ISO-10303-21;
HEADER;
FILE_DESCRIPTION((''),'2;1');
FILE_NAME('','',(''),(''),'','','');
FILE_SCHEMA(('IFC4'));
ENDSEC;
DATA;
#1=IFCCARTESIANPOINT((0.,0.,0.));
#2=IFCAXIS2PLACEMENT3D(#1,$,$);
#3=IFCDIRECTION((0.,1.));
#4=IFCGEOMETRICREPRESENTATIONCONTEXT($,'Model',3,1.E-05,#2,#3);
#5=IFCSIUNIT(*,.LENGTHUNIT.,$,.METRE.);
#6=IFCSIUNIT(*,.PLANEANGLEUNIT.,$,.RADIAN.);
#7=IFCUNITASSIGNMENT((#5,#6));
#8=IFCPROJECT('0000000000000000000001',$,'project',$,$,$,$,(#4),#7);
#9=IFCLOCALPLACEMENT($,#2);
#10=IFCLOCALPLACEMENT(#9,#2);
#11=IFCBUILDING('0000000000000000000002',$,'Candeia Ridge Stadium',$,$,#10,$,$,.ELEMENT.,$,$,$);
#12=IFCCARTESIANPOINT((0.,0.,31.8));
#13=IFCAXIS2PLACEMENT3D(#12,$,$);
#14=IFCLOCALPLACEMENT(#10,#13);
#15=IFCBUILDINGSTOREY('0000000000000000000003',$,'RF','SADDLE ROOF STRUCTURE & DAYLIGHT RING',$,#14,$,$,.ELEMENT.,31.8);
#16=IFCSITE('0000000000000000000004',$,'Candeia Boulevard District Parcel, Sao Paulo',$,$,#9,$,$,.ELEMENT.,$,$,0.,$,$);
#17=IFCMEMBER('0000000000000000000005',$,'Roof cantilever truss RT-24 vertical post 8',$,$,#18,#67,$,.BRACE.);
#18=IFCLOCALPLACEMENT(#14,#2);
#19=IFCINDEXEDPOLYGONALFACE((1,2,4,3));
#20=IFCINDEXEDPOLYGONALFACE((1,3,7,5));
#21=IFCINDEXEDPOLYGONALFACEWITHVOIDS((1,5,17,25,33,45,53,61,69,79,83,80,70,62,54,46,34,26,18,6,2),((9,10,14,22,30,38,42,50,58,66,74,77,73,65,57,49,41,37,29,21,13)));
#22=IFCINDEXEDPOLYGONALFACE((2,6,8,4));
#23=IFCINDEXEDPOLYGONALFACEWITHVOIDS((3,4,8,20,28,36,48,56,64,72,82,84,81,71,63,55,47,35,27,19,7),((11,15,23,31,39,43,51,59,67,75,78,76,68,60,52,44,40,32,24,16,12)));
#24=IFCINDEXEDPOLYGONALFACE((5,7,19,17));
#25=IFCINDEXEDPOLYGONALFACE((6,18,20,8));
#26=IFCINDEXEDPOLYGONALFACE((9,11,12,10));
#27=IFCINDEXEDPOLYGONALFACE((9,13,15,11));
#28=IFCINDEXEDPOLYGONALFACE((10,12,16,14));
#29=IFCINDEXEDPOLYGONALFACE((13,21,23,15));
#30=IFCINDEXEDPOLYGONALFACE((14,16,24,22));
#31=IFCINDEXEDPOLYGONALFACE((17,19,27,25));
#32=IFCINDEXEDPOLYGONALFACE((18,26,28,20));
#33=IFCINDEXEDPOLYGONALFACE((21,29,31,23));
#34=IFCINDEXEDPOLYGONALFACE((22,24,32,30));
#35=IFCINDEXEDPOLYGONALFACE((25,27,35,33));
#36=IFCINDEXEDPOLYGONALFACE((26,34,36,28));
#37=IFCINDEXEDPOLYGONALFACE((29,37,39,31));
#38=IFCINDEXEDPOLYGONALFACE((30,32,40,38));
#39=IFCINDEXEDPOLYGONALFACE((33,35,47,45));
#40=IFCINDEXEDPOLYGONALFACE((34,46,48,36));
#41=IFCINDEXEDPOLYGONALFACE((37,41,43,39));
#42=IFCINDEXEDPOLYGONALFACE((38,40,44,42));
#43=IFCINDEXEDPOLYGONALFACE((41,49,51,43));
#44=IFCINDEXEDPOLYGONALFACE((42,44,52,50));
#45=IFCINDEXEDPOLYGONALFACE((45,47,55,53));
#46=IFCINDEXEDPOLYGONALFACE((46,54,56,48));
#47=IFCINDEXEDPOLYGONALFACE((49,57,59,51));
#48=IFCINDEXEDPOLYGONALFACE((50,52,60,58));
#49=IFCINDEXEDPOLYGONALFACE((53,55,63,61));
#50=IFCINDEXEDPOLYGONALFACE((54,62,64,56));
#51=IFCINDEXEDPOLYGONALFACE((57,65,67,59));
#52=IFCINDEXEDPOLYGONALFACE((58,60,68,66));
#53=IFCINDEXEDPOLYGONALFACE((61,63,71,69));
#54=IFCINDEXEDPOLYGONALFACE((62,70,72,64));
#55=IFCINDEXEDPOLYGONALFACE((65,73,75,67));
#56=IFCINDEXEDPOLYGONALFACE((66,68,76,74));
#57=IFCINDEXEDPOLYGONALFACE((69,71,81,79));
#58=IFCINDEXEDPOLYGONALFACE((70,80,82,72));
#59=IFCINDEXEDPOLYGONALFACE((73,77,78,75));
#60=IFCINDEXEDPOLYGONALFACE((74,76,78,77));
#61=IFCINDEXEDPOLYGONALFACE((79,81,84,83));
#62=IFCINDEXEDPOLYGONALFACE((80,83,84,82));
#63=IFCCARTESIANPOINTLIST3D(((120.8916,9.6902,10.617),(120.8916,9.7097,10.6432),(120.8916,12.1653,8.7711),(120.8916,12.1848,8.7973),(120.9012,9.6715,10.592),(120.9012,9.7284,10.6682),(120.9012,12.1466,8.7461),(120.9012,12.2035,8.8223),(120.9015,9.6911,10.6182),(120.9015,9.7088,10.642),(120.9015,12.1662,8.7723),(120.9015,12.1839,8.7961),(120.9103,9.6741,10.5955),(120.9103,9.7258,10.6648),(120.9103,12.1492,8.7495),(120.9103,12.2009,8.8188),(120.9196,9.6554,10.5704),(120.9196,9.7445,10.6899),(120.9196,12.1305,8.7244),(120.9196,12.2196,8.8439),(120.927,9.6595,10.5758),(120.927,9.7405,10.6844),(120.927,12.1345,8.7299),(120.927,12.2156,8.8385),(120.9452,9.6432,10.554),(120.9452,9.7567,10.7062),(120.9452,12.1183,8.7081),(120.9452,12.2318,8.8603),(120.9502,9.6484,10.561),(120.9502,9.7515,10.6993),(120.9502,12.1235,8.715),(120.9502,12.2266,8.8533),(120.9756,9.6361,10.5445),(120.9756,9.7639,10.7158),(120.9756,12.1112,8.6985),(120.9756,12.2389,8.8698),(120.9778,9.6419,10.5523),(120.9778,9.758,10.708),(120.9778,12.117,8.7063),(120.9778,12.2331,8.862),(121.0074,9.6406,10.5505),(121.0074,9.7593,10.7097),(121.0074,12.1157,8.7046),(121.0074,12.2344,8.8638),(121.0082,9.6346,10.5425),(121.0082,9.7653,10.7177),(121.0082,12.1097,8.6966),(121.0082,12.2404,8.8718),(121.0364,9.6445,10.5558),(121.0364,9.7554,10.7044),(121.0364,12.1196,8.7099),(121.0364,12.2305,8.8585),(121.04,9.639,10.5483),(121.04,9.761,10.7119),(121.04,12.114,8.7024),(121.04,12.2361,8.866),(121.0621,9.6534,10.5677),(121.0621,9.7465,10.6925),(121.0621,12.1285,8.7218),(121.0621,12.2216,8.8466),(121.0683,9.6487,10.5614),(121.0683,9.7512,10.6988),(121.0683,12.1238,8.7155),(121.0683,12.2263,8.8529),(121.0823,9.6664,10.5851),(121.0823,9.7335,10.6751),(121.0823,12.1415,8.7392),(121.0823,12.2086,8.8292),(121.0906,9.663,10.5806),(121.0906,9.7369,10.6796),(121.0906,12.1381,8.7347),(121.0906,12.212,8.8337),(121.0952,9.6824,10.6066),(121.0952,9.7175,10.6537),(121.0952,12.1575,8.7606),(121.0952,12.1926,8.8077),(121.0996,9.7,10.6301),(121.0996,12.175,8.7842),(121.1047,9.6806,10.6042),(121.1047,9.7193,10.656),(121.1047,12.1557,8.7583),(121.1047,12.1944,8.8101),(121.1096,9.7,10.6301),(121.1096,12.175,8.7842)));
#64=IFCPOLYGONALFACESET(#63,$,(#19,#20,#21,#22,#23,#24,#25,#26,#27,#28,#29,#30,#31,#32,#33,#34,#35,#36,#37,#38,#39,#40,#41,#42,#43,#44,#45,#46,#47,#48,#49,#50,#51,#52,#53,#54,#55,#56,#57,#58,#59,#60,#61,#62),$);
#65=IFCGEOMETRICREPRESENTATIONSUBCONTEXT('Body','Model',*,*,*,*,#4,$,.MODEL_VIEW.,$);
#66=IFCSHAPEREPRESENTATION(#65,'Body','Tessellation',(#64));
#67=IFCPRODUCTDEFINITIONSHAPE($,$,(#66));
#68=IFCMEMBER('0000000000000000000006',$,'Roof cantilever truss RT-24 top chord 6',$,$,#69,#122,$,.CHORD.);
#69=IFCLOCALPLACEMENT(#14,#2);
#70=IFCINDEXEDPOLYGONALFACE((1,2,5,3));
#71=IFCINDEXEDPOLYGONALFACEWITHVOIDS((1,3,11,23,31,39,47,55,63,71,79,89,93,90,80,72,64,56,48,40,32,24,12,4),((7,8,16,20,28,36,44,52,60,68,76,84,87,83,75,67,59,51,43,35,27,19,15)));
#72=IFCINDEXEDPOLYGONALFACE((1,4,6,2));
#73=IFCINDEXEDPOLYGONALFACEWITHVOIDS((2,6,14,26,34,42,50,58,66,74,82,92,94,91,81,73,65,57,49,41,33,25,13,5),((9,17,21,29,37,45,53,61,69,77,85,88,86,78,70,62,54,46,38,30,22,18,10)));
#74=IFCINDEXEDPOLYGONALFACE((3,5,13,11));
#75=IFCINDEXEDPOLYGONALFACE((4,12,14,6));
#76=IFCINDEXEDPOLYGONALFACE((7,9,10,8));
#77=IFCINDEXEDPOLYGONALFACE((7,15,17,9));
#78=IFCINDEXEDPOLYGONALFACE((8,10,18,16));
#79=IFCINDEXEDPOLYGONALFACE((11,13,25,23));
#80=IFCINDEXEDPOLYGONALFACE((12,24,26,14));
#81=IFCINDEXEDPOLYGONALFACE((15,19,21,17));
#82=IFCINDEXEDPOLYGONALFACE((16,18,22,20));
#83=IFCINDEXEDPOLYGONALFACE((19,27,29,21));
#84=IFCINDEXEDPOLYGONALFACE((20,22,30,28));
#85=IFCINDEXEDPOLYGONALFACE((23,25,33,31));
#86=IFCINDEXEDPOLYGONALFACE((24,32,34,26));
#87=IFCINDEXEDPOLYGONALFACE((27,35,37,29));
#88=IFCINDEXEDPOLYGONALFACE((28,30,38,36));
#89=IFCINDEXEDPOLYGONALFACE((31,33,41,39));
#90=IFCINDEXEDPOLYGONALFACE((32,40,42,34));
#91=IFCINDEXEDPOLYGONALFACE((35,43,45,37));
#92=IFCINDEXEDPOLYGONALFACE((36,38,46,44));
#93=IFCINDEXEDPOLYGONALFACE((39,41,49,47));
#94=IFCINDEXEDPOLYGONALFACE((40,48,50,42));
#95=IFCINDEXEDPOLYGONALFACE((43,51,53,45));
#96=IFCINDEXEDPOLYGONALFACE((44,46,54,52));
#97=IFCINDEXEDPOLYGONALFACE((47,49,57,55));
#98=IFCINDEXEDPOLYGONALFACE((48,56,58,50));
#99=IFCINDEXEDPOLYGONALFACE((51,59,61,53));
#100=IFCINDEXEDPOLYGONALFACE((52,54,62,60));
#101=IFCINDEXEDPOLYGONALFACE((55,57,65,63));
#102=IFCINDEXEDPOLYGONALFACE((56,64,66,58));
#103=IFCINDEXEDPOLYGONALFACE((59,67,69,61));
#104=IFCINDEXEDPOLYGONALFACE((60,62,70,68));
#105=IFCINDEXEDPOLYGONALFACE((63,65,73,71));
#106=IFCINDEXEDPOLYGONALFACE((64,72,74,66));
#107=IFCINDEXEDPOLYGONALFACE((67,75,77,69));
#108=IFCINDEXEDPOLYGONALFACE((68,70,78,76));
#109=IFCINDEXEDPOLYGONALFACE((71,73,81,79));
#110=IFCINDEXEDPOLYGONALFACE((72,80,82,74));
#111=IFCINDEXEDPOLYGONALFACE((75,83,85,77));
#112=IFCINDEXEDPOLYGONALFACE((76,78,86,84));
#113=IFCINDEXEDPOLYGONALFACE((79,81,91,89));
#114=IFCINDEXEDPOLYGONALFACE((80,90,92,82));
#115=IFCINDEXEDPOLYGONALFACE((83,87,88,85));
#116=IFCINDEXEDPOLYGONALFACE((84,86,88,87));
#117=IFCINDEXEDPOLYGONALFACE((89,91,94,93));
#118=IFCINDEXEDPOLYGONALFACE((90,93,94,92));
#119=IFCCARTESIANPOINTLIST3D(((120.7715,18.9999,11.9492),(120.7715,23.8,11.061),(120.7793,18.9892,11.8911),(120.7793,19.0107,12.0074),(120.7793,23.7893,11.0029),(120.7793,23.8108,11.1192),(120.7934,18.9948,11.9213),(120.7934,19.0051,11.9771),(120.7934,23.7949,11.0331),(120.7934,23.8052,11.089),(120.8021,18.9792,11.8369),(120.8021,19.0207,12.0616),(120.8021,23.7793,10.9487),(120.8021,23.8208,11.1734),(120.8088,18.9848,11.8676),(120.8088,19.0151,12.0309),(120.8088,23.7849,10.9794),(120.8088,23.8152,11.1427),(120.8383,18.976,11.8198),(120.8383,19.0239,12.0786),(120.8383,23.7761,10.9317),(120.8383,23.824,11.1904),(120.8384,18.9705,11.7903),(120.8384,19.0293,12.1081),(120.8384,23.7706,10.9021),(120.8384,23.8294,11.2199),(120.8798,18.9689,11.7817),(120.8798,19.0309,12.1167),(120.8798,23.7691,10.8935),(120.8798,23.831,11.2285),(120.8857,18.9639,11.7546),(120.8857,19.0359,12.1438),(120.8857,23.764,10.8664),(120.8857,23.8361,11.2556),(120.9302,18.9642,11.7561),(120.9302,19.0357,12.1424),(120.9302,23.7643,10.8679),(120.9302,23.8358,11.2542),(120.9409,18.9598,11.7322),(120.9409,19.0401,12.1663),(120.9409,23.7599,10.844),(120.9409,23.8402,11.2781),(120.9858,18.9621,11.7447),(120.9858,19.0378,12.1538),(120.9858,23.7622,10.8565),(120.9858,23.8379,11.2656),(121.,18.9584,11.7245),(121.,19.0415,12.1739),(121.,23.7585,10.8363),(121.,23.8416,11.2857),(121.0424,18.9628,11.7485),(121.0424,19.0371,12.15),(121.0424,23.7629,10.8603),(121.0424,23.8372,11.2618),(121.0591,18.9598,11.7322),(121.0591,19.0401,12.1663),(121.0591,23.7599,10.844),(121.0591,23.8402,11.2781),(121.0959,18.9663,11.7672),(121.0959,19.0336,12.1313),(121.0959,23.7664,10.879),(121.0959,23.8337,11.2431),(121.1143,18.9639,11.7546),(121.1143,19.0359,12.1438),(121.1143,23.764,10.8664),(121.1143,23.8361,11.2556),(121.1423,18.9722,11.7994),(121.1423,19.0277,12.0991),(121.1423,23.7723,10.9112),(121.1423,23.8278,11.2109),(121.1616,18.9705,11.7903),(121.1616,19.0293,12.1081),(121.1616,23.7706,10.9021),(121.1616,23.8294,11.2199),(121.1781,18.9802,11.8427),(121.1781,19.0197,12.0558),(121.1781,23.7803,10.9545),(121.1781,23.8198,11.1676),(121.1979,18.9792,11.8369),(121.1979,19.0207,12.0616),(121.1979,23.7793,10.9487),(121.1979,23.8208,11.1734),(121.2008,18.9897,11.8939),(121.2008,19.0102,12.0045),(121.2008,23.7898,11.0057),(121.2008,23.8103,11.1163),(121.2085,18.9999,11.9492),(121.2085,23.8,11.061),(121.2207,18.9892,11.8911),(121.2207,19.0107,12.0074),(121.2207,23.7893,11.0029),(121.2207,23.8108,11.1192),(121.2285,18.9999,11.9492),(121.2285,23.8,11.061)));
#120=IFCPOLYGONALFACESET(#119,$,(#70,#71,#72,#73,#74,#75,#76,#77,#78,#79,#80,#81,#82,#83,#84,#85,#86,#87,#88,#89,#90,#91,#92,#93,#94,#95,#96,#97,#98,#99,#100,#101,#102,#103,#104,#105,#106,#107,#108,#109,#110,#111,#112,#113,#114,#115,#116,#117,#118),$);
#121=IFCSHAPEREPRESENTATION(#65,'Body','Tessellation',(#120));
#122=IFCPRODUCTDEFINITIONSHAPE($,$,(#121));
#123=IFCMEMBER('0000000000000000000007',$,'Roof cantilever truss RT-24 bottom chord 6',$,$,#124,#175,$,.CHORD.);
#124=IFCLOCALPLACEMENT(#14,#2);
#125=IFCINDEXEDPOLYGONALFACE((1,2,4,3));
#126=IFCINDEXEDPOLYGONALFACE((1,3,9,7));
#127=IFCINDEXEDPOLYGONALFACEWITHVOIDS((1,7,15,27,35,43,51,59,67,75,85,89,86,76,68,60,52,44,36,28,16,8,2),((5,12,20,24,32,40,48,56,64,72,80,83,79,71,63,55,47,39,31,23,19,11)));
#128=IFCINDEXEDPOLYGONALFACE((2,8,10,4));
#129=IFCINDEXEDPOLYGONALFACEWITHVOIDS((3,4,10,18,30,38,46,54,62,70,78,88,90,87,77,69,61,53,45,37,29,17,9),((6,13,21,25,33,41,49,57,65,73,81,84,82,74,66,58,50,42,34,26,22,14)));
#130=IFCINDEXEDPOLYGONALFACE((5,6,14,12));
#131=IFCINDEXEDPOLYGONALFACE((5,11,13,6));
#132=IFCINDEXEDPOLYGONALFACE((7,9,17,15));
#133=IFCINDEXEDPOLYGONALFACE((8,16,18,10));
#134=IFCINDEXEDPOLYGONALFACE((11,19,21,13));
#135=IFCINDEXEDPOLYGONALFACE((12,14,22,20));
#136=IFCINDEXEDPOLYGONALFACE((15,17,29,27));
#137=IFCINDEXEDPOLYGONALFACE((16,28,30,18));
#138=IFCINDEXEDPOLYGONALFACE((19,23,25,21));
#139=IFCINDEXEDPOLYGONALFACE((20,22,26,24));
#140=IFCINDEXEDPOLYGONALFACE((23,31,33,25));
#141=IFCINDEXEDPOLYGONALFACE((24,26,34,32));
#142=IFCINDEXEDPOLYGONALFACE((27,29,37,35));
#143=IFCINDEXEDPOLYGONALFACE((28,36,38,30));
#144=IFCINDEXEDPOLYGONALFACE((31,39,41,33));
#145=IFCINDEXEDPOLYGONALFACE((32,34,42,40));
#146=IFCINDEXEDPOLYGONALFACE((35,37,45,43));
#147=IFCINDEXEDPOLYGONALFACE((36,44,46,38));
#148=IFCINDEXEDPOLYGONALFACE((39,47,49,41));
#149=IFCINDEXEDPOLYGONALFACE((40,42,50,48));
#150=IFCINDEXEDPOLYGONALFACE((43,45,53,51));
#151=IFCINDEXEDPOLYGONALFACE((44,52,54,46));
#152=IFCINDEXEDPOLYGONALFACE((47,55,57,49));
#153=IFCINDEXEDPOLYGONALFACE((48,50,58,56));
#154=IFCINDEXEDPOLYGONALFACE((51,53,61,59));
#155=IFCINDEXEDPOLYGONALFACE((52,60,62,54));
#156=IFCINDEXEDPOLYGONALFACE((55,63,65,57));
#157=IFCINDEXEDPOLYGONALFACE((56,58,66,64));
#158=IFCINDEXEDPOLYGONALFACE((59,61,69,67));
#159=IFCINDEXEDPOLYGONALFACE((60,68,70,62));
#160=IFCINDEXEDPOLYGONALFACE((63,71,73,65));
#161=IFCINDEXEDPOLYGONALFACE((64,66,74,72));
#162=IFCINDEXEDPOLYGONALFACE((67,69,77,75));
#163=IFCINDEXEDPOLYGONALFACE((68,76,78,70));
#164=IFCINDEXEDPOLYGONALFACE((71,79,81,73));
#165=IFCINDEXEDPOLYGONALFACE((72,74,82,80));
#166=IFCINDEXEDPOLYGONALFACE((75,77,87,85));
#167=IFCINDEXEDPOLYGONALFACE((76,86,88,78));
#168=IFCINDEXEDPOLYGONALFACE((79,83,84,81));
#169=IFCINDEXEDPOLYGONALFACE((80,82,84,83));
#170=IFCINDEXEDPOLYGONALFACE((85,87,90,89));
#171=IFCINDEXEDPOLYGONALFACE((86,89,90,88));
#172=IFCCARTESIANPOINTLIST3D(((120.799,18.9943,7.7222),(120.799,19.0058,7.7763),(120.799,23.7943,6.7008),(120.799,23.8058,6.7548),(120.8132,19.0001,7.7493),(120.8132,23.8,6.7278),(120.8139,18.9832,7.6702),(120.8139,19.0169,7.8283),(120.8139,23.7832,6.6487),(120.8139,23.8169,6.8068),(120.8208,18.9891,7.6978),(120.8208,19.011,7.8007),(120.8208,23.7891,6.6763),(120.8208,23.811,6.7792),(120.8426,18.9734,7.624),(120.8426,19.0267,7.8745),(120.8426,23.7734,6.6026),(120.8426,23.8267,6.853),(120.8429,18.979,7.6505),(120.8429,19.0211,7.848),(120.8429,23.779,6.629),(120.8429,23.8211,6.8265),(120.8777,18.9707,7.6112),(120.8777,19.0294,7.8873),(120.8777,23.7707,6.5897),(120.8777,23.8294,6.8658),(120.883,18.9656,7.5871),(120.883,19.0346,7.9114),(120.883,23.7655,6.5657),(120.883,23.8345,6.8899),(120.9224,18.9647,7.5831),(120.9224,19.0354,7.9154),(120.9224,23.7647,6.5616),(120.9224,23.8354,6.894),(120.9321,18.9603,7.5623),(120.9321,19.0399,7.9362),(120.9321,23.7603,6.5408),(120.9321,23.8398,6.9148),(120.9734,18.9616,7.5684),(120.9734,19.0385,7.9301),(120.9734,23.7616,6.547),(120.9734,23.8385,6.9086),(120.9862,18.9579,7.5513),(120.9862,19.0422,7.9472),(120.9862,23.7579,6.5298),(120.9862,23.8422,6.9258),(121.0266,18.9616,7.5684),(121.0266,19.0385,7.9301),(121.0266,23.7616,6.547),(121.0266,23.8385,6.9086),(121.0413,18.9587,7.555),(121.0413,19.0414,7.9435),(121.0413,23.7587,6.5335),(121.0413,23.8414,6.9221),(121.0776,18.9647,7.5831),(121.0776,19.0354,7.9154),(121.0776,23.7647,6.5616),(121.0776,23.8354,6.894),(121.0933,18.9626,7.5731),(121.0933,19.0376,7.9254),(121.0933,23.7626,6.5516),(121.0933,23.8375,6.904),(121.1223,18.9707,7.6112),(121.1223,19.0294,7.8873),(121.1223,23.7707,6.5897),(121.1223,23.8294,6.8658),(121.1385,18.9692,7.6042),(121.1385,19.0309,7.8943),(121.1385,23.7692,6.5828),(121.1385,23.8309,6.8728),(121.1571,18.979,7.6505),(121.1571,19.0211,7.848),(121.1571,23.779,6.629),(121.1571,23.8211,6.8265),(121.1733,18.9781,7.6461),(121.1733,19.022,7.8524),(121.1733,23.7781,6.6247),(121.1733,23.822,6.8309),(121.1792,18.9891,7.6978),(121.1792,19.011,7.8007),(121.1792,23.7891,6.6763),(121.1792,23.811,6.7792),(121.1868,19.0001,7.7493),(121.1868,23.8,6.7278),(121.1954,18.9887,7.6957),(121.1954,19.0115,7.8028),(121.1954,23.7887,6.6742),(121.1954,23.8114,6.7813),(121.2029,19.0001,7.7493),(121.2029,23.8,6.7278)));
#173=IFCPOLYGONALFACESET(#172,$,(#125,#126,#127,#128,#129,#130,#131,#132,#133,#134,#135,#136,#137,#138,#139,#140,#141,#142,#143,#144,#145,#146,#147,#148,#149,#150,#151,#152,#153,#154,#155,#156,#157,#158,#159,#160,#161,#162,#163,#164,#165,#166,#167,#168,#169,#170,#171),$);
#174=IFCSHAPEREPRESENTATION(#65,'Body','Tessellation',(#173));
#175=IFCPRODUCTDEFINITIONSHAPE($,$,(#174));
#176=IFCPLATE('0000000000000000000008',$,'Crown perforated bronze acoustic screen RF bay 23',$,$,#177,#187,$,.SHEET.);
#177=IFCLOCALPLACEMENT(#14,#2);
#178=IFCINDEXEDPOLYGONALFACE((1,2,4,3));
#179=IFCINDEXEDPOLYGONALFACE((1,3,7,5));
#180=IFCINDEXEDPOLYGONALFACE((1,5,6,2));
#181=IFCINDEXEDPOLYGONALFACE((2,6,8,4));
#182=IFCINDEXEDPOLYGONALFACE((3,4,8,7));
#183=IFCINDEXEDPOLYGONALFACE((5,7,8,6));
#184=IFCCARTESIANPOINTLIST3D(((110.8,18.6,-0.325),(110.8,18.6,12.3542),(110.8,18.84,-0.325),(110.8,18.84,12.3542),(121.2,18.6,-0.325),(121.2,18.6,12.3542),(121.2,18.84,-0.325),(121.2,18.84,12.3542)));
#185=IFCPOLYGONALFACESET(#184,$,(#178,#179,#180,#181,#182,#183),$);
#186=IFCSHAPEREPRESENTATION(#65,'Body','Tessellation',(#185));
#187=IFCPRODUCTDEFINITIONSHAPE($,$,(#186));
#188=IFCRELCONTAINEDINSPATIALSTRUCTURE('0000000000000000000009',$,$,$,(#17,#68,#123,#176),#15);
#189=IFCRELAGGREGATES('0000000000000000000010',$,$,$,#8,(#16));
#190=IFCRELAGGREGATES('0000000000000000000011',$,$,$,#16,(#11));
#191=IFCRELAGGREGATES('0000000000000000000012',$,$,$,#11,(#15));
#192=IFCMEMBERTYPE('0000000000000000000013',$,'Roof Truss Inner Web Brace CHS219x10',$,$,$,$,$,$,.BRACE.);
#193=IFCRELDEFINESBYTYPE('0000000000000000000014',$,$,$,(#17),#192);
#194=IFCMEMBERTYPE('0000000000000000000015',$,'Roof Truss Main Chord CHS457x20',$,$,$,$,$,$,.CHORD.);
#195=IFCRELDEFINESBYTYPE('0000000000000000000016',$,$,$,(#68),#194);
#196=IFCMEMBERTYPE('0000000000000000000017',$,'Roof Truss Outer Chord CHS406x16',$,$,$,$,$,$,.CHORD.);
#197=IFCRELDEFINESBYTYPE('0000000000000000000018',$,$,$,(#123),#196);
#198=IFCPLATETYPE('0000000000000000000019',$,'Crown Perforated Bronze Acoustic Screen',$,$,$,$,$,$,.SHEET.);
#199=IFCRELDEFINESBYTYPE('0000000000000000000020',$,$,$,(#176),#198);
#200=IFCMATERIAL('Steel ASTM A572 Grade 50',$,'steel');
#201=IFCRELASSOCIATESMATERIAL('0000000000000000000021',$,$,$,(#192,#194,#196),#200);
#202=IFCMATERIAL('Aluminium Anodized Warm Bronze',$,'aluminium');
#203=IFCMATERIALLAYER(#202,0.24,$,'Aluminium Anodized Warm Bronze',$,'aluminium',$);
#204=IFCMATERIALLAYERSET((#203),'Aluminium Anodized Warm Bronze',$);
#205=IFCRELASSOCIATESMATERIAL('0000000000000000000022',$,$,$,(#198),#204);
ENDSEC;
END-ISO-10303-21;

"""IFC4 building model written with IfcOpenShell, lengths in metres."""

from ifc_helpers import new_model, si_unit, direction, frame, origin, origin_2d, place, context, subcontext, project, spatial, rectangle, hollow_circle, extrude, material, layer, layer_set, material_profile, profile_set, type_object, element, save


model = new_model("IFC4")

# Units and contexts
model_context = context("Model", 3, precision=1e-05, world=origin(), true_north=direction((0.0, 1.0)))
body_context = subcontext(model_context, "Body", "Model", "MODEL_VIEW")
ifc_project = project(units=[si_unit("LENGTHUNIT", "METRE"), si_unit("PLANEANGLEUNIT", "RADIAN")], contexts=[model_context])

# Site, building, storey
site_placement = place(None, origin())
site = spatial("IfcSite", under=ifc_project, at=site_placement, Name="Candeia Boulevard District Parcel, Sao Paulo", CompositionType="ELEMENT", RefElevation=0.0)
building_placement = place(site_placement, origin())
building = spatial("IfcBuilding", under=site, at=building_placement, Name="Candeia Ridge Stadium", CompositionType="ELEMENT")
storey_placement = place(building_placement, frame((0.0, 0.0, 31.8)))
storey = spatial("IfcBuildingStorey", under=building, at=storey_placement, Name="RF", Description="SADDLE ROOF STRUCTURE & DAYLIGHT RING", CompositionType="ELEMENT", Elevation=31.8)

# Shared definitions
ifc_material_1 = material(Name="Steel ASTM A572 Grade 50", Category="steel")

# Members
ifc_material_profile_1 = material_profile(ifc_material_1, hollow_circle(Radius=0.1096, WallThickness=0.01, at=origin_2d()), Name="CHS219x10", Category="steel")
ifc_profile_set_1 = profile_set([ifc_material_profile_1], Name="Steel ASTM A572 Grade 50")
member_type_1 = type_object("IfcMemberType", Name="Roof Truss Inner Web Brace CHS219x10", PredefinedType="BRACE", material=ifc_profile_set_1)
member_1_placement = place(storey_placement, frame((121.0, 12.175, 8.7842), z_axis=(0.0, -0.80161, 0.597847), x_axis=(1.0, 0.0, 0.0)))
element("IfcMember", 1, at=member_1_placement, inside=storey, type_object=member_type_1, Name="Roof cantilever truss RT-24 vertical post 8", PredefinedType="BRACE", context=body_context, shape_type="SweptSolid", body=[
    extrude(hollow_circle(Radius=0.1096, WallThickness=0.01, at=origin_2d()), origin(), (0.0, 0.0, 1.0), 3.0876),
])
ifc_material_profile_2 = material_profile(ifc_material_1, hollow_circle(Radius=0.2285, WallThickness=0.02, at=origin_2d()), Name="CHS457x20", Category="steel")
ifc_profile_set_2 = profile_set([ifc_material_profile_2], Name="Steel ASTM A572 Grade 50")
member_type_2 = type_object("IfcMemberType", Name="Roof Truss Main Chord CHS457x20", PredefinedType="CHORD", material=ifc_profile_set_2)
member_2_placement = place(storey_placement, frame((121.0, 23.8, 11.061), z_axis=(0.0, -0.983308, 0.181948), x_axis=(1.0, 0.0, 0.0)))
element("IfcMember", 2, at=member_2_placement, inside=storey, type_object=member_type_2, Name="Roof cantilever truss RT-24 top chord 6", PredefinedType="CHORD", context=body_context, shape_type="SweptSolid", body=[
    extrude(hollow_circle(Radius=0.2285, WallThickness=0.02, at=origin_2d()), origin(), (0.0, 0.0, 1.0), 4.8816),
])
ifc_material_profile_3 = material_profile(ifc_material_1, hollow_circle(Radius=0.2029, WallThickness=0.0161, at=origin_2d()), Name="CHS406x16", Category="steel")
ifc_profile_set_3 = profile_set([ifc_material_profile_3], Name="Steel ASTM A572 Grade 50")
member_type_3 = type_object("IfcMemberType", Name="Roof Truss Outer Chord CHS406x16", PredefinedType="CHORD", material=ifc_profile_set_3)
member_3_placement = place(storey_placement, frame((121.0, 23.8, 6.7278), z_axis=(0.0, -0.978098, 0.208146), x_axis=(1.0, 0.0, 0.0)))
element("IfcMember", 3, at=member_3_placement, inside=storey, type_object=member_type_3, Name="Roof cantilever truss RT-24 bottom chord 6", PredefinedType="CHORD", context=body_context, shape_type="SweptSolid", body=[
    extrude(hollow_circle(Radius=0.2029, WallThickness=0.0161, at=origin_2d()), origin(), (0.0, 0.0, 1.0), 4.9075),
])

# Plate
ifc_material_2 = material(Name="Aluminium Anodized Warm Bronze", Category="aluminium")
ifc_layer_1 = layer(ifc_material_2, 0.24, Name="Aluminium Anodized Warm Bronze", Category="aluminium")
ifc_layer_set_1 = layer_set([ifc_layer_1], Name="Aluminium Anodized Warm Bronze")
plate_type_1 = type_object("IfcPlateType", Name="Crown Perforated Bronze Acoustic Screen", PredefinedType="SHEET", material=ifc_layer_set_1)
plate_1_placement = place(storey_placement, frame((116.0, 18.72, -0.325), z_axis=(0.0, 0.0, 1.0), x_axis=(1.0, 0.0, 0.0)))
element("IfcPlate", 4, at=plate_1_placement, inside=storey, type_object=plate_type_1, Name="Crown perforated bronze acoustic screen RF bay 23", PredefinedType="SHEET", context=body_context, shape_type="SweptSolid", body=[
    extrude(rectangle(XDim=10.3999, YDim=0.24, at=origin_2d()), origin(), (0.0, 0.0, 1.0), 12.6792),
])

save(model, "model.ifc")
